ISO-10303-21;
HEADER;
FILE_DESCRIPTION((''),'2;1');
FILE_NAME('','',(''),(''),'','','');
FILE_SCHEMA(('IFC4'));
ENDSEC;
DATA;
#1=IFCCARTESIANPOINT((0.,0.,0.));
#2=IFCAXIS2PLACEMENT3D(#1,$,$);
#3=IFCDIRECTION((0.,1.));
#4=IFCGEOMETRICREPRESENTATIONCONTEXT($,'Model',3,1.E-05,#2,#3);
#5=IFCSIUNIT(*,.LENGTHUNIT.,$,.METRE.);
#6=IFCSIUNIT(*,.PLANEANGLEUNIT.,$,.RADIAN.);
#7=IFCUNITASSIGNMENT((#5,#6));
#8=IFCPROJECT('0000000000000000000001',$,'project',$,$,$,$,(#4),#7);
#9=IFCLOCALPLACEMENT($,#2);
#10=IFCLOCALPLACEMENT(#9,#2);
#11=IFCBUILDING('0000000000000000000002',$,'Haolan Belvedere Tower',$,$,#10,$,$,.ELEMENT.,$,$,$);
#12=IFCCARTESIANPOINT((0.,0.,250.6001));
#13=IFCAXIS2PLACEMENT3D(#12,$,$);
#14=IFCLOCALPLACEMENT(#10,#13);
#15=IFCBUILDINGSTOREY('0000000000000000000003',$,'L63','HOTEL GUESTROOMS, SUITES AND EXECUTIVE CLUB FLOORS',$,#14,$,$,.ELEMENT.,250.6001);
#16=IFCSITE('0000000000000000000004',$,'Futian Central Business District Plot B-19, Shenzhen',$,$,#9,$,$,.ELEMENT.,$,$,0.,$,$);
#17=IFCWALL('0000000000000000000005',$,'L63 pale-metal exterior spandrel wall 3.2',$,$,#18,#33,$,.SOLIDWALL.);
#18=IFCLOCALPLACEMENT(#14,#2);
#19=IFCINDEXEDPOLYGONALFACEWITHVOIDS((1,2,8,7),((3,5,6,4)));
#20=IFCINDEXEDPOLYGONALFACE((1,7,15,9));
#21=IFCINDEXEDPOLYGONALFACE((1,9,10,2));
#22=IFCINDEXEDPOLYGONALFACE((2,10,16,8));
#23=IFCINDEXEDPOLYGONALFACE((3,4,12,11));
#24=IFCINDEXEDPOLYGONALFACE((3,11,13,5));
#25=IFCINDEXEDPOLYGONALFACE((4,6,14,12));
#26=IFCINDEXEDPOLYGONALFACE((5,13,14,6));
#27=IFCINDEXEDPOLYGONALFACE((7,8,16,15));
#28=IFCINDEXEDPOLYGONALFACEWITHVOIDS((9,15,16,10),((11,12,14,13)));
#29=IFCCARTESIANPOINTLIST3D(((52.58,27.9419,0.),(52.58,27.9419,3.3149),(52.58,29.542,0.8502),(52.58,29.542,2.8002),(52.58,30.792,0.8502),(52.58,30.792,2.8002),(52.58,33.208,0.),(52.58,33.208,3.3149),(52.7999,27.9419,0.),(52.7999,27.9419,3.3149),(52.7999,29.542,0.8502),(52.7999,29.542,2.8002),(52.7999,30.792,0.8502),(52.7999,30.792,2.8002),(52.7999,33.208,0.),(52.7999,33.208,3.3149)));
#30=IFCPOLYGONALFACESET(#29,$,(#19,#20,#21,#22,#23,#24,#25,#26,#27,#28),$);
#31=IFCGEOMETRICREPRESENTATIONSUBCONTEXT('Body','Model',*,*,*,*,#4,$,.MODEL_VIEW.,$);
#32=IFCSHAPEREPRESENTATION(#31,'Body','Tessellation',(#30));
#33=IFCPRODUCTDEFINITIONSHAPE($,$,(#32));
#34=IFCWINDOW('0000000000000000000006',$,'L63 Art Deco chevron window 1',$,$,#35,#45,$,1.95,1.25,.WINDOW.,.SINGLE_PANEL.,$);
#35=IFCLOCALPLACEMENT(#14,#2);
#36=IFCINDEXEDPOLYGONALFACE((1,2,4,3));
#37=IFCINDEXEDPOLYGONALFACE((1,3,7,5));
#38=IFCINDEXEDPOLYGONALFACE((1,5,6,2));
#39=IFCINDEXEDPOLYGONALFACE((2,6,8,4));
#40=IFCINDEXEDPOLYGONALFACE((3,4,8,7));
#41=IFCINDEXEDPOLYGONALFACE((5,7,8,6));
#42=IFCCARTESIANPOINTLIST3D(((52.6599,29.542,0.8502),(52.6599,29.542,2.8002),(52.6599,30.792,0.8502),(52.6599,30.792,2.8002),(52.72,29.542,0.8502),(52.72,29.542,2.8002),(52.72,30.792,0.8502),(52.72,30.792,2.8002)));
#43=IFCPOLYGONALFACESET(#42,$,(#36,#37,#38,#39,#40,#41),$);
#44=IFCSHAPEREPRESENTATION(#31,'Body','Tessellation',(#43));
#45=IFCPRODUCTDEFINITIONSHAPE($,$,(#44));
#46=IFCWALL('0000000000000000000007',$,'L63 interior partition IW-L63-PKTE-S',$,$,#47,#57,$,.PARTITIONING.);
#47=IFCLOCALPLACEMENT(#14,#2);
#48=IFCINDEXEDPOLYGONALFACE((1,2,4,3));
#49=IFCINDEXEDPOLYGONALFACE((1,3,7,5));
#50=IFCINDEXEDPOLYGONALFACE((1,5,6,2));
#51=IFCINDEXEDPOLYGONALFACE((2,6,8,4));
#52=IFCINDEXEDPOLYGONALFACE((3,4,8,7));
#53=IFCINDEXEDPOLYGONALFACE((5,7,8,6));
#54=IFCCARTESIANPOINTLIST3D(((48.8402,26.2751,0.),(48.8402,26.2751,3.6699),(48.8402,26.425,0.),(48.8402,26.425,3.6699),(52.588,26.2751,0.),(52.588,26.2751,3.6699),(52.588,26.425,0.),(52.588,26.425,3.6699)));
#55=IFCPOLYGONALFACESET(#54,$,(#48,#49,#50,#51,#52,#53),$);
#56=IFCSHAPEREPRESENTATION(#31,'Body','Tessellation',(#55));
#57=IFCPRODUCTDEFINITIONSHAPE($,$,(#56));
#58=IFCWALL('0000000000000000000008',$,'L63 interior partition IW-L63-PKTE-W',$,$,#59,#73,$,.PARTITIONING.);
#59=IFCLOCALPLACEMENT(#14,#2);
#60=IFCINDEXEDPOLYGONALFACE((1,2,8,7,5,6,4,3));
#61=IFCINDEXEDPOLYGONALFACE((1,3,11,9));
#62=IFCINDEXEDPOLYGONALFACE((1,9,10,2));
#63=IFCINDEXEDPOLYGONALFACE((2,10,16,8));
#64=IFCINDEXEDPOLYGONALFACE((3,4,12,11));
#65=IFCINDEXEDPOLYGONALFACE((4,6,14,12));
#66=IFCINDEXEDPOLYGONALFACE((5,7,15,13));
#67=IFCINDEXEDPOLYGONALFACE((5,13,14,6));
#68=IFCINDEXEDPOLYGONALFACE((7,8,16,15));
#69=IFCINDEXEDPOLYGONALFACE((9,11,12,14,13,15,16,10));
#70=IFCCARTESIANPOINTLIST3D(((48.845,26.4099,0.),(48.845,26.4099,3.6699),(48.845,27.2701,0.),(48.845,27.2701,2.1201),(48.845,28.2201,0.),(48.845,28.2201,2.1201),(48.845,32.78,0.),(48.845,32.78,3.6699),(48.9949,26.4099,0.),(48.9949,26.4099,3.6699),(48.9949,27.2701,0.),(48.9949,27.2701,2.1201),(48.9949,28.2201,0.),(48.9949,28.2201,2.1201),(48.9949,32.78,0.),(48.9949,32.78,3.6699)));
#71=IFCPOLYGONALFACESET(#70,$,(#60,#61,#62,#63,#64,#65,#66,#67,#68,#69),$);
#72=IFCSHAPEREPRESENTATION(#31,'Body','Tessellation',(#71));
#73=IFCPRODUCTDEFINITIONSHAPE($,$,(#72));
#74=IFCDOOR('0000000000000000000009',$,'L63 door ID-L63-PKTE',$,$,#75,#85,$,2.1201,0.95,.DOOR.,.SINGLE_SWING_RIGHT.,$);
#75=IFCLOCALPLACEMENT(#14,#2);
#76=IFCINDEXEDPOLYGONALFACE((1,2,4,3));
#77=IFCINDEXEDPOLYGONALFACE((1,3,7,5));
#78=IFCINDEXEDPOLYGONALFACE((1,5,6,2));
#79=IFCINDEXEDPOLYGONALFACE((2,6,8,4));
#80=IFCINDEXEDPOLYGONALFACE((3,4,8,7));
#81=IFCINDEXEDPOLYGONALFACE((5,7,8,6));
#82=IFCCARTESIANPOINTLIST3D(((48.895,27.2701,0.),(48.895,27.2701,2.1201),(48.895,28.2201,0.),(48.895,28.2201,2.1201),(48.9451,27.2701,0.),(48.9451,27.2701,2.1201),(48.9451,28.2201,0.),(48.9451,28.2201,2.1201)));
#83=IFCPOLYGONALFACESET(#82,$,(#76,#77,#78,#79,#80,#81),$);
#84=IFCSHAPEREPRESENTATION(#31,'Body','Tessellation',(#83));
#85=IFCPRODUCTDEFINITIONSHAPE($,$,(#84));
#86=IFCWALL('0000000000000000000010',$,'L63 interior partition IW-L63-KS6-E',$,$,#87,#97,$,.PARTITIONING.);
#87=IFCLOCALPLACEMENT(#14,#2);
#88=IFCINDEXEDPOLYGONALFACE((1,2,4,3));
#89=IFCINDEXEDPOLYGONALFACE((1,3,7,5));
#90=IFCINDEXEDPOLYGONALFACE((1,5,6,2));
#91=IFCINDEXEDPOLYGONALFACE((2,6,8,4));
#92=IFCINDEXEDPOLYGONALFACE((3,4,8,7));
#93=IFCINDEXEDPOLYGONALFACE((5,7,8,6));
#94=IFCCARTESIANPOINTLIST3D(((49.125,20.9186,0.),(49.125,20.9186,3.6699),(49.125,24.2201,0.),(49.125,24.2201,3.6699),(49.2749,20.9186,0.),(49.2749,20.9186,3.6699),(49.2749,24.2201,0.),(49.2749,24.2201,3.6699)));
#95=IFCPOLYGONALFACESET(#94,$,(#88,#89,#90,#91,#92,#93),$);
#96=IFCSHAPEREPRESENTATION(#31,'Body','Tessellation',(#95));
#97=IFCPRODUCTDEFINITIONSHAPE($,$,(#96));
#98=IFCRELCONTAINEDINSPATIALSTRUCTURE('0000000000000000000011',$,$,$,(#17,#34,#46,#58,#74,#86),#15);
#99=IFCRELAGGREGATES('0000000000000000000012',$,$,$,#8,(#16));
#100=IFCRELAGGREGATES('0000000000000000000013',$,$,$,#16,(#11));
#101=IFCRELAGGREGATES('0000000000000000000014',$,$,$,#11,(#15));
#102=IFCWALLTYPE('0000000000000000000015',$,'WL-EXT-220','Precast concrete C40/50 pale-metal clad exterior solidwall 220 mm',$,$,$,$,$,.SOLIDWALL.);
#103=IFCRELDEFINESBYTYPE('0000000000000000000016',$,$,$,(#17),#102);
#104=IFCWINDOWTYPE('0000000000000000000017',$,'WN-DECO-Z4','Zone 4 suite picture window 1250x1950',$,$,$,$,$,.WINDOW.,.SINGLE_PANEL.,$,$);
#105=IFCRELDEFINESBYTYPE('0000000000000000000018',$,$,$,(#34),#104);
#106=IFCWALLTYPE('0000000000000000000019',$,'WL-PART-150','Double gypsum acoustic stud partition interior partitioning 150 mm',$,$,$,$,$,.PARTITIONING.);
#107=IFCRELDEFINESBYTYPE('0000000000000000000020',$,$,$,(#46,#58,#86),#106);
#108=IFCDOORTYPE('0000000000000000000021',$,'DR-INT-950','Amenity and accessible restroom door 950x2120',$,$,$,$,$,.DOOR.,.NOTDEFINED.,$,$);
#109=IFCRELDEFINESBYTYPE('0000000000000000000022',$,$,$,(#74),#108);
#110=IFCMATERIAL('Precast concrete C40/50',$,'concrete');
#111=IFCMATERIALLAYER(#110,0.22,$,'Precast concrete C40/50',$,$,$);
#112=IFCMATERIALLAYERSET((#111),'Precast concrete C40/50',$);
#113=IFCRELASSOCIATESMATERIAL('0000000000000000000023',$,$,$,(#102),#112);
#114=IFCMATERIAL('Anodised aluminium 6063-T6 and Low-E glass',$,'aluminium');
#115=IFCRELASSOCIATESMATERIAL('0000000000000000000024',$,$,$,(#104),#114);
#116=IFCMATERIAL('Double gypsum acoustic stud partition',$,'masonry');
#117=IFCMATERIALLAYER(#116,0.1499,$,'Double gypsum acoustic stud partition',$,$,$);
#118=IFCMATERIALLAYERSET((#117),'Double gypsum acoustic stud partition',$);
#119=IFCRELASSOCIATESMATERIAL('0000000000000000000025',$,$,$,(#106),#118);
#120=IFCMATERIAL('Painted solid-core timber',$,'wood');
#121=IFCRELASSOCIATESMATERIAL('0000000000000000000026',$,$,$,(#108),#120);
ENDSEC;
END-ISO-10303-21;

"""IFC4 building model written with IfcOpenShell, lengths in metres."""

from ifc_helpers import new_model, si_unit, direction, frame, frame_2d, origin, place, context, subcontext, project, spatial, rectangle, extrude, material, layer, layer_set, type_object, element, fill, save


model = new_model("IFC4")

# Units and contexts
model_context = context("Model", 3, precision=1e-05, world=origin(), true_north=direction((0.0, 1.0)))
body_context = subcontext(model_context, "Body", "Model", "MODEL_VIEW")
ifc_project = project(units=[si_unit("LENGTHUNIT", "METRE"), si_unit("PLANEANGLEUNIT", "RADIAN")], contexts=[model_context])

# Site, building, storey
site_placement = place(None, origin())
site = spatial("IfcSite", under=ifc_project, at=site_placement, Name="Futian Central Business District Plot B-19, Shenzhen", CompositionType="ELEMENT", RefElevation=0.0)
building_placement = place(site_placement, origin())
building = spatial("IfcBuilding", under=site, at=building_placement, Name="Haolan Belvedere Tower", CompositionType="ELEMENT")
storey_placement = place(building_placement, frame((0.0, 0.0, 250.6001)))
storey = spatial("IfcBuildingStorey", under=building, at=storey_placement, Name="L63", Description="HOTEL GUESTROOMS, SUITES AND EXECUTIVE CLUB FLOORS", CompositionType="ELEMENT", Elevation=250.6001)

# Wall, opening, window
ifc_material_1 = material(Name="Precast concrete C40/50", Category="concrete")
ifc_layer_1 = layer(ifc_material_1, 0.22, Name="Precast concrete C40/50")
ifc_layer_set_1 = layer_set([ifc_layer_1], Name="Precast concrete C40/50")
wall_type_1 = type_object("IfcWallType", Name="WL-EXT-220", Description="Precast concrete C40/50 pale-metal clad exterior solidwall 220 mm", PredefinedType="SOLIDWALL", material=ifc_layer_set_1)
ifc_material_2 = material(Name="Anodised aluminium 6063-T6 and Low-E glass", Category="aluminium")
window_type = type_object("IfcWindowType", Name="WN-DECO-Z4", Description="Zone 4 suite picture window 1250x1950", PartitioningType="SINGLE_PANEL", PredefinedType="WINDOW", material=ifc_material_2)
wall_1_placement = place(storey_placement, frame((52.6899, 27.9419, 0.0), z_axis=(0.0, 0.0, 1.0), x_axis=(0.0, 1.0, 0.0)))
wall_1 = element("IfcWall", 1, at=wall_1_placement, inside=storey, type_object=wall_type_1, Name="L63 pale-metal exterior spandrel wall 3.2", PredefinedType="SOLIDWALL", context=body_context, shape_type="SweptSolid", body=[
    extrude(rectangle(XDim=5.2661, YDim=0.22, at=frame_2d((2.6331, 0.0))), origin(), (0.0, 0.0, 1.0), 3.3149),
])
opening_1_placement = place(wall_1_placement, frame((1.6001, 0.0, 0.8501)))
opening_1 = element("IfcOpeningElement", 2, at=opening_1_placement, cuts=wall_1, PredefinedType="OPENING", context=body_context, shape_type="SweptSolid", body=[
    extrude(rectangle(XDim=1.25, YDim=1.95, at=frame_2d((0.625, 0.9751))), frame((0.0, 0.1199, 0.0), z_axis=(0.0, -1.0, 0.0), x_axis=(1.0, 0.0, 0.0)), (0.0, 0.0, 1.0), 0.24),
])
window_1_placement = place(opening_1_placement, origin())
window_1 = element("IfcWindow", 3, at=window_1_placement, inside=storey, type_object=window_type, Name="L63 Art Deco chevron window 1", OverallHeight=1.95, OverallWidth=1.25, PartitioningType="SINGLE_PANEL", PredefinedType="WINDOW", context=body_context, shape_type="SweptSolid", body=[
    extrude(rectangle(XDim=1.25, YDim=1.95, at=frame_2d((0.625, 0.9751))), frame((0.0, 0.03, 0.0), z_axis=(0.0, -1.0, 0.0), x_axis=(1.0, 0.0, 0.0)), (0.0, 0.0, 1.0), 0.0601),
])
fill(opening_1, window_1)

# Wall
ifc_material_3 = material(Name="Double gypsum acoustic stud partition", Category="masonry")
ifc_layer_2 = layer(ifc_material_3, 0.1499, Name="Double gypsum acoustic stud partition")
ifc_layer_set_2 = layer_set([ifc_layer_2], Name="Double gypsum acoustic stud partition")
wall_type_2 = type_object("IfcWallType", Name="WL-PART-150", Description="Double gypsum acoustic stud partition interior partitioning 150 mm", PredefinedType="PARTITIONING", material=ifc_layer_set_2)
wall_2_placement = place(storey_placement, frame((48.8401, 26.3501, 0.0), z_axis=(0.0, 0.0, 1.0), x_axis=(1.0, 0.0, 0.0)))
element("IfcWall", 4, at=wall_2_placement, inside=storey, type_object=wall_type_2, Name="L63 interior partition IW-L63-PKTE-S", PredefinedType="PARTITIONING", context=body_context, shape_type="SweptSolid", body=[
    extrude(rectangle(XDim=3.7478, YDim=0.1499, at=frame_2d((1.874, 0.0))), origin(), (0.0, 0.0, 1.0), 3.6699),
])

# Wall, opening, door
wall_3_placement = place(storey_placement, frame((48.9199, 26.4099, 0.0), z_axis=(0.0, 0.0, 1.0), x_axis=(0.0, 1.0, 0.0)))
wall_3 = element("IfcWall", 5, at=wall_3_placement, inside=storey, type_object=wall_type_2, Name="L63 interior partition IW-L63-PKTE-W", PredefinedType="PARTITIONING", context=body_context, shape_type="SweptSolid", body=[
    extrude(rectangle(XDim=6.3701, YDim=0.1499, at=frame_2d((3.1851, 0.0))), origin(), (0.0, 0.0, 1.0), 3.6699),
])
opening_2_placement = place(wall_3_placement, frame((0.8601, 0.0, 0.0)))
opening_2 = element("IfcOpeningElement", 6, at=opening_2_placement, cuts=wall_3, PredefinedType="OPENING", context=body_context, shape_type="SweptSolid", body=[
    extrude(rectangle(XDim=0.95, YDim=2.1201, at=frame_2d((0.4751, 1.0601))), frame((0.0, 0.085, 0.0), z_axis=(0.0, -1.0, 0.0), x_axis=(1.0, 0.0, 0.0)), (0.0, 0.0, 1.0), 0.1699),
])
ifc_material_4 = material(Name="Painted solid-core timber", Category="wood")
door_type = type_object("IfcDoorType", Name="DR-INT-950", Description="Amenity and accessible restroom door 950x2120", OperationType="NOTDEFINED", PredefinedType="DOOR", material=ifc_material_4)
door_1_placement = place(opening_2_placement, origin())
door_1 = element("IfcDoor", 7, at=door_1_placement, inside=storey, type_object=door_type, Name="L63 door ID-L63-PKTE", OperationType="SINGLE_SWING_RIGHT", OverallHeight=2.1201, OverallWidth=0.95, PredefinedType="DOOR", context=body_context, shape_type="SweptSolid", body=[
    extrude(rectangle(XDim=0.95, YDim=2.1201, at=frame_2d((0.4751, 1.0601))), frame((0.0, 0.0249, 0.0), z_axis=(0.0, -1.0, 0.0), x_axis=(1.0, 0.0, 0.0)), (0.0, 0.0, 1.0), 0.05),
])
fill(opening_2, door_1)

# Wall
wall_4_placement = place(storey_placement, frame((49.2, 20.9185, 0.0), z_axis=(0.0, 0.0, 1.0), x_axis=(0.0, 1.0, 0.0)))
element("IfcWall", 8, at=wall_4_placement, inside=storey, type_object=wall_type_2, Name="L63 interior partition IW-L63-KS6-E", PredefinedType="PARTITIONING", context=body_context, shape_type="SweptSolid", body=[
    extrude(rectangle(XDim=3.3015, YDim=0.1499, at=frame_2d((1.6509, 0.0))), origin(), (0.0, 0.0, 1.0), 3.6699),
])

save(model, "model.ifc")
